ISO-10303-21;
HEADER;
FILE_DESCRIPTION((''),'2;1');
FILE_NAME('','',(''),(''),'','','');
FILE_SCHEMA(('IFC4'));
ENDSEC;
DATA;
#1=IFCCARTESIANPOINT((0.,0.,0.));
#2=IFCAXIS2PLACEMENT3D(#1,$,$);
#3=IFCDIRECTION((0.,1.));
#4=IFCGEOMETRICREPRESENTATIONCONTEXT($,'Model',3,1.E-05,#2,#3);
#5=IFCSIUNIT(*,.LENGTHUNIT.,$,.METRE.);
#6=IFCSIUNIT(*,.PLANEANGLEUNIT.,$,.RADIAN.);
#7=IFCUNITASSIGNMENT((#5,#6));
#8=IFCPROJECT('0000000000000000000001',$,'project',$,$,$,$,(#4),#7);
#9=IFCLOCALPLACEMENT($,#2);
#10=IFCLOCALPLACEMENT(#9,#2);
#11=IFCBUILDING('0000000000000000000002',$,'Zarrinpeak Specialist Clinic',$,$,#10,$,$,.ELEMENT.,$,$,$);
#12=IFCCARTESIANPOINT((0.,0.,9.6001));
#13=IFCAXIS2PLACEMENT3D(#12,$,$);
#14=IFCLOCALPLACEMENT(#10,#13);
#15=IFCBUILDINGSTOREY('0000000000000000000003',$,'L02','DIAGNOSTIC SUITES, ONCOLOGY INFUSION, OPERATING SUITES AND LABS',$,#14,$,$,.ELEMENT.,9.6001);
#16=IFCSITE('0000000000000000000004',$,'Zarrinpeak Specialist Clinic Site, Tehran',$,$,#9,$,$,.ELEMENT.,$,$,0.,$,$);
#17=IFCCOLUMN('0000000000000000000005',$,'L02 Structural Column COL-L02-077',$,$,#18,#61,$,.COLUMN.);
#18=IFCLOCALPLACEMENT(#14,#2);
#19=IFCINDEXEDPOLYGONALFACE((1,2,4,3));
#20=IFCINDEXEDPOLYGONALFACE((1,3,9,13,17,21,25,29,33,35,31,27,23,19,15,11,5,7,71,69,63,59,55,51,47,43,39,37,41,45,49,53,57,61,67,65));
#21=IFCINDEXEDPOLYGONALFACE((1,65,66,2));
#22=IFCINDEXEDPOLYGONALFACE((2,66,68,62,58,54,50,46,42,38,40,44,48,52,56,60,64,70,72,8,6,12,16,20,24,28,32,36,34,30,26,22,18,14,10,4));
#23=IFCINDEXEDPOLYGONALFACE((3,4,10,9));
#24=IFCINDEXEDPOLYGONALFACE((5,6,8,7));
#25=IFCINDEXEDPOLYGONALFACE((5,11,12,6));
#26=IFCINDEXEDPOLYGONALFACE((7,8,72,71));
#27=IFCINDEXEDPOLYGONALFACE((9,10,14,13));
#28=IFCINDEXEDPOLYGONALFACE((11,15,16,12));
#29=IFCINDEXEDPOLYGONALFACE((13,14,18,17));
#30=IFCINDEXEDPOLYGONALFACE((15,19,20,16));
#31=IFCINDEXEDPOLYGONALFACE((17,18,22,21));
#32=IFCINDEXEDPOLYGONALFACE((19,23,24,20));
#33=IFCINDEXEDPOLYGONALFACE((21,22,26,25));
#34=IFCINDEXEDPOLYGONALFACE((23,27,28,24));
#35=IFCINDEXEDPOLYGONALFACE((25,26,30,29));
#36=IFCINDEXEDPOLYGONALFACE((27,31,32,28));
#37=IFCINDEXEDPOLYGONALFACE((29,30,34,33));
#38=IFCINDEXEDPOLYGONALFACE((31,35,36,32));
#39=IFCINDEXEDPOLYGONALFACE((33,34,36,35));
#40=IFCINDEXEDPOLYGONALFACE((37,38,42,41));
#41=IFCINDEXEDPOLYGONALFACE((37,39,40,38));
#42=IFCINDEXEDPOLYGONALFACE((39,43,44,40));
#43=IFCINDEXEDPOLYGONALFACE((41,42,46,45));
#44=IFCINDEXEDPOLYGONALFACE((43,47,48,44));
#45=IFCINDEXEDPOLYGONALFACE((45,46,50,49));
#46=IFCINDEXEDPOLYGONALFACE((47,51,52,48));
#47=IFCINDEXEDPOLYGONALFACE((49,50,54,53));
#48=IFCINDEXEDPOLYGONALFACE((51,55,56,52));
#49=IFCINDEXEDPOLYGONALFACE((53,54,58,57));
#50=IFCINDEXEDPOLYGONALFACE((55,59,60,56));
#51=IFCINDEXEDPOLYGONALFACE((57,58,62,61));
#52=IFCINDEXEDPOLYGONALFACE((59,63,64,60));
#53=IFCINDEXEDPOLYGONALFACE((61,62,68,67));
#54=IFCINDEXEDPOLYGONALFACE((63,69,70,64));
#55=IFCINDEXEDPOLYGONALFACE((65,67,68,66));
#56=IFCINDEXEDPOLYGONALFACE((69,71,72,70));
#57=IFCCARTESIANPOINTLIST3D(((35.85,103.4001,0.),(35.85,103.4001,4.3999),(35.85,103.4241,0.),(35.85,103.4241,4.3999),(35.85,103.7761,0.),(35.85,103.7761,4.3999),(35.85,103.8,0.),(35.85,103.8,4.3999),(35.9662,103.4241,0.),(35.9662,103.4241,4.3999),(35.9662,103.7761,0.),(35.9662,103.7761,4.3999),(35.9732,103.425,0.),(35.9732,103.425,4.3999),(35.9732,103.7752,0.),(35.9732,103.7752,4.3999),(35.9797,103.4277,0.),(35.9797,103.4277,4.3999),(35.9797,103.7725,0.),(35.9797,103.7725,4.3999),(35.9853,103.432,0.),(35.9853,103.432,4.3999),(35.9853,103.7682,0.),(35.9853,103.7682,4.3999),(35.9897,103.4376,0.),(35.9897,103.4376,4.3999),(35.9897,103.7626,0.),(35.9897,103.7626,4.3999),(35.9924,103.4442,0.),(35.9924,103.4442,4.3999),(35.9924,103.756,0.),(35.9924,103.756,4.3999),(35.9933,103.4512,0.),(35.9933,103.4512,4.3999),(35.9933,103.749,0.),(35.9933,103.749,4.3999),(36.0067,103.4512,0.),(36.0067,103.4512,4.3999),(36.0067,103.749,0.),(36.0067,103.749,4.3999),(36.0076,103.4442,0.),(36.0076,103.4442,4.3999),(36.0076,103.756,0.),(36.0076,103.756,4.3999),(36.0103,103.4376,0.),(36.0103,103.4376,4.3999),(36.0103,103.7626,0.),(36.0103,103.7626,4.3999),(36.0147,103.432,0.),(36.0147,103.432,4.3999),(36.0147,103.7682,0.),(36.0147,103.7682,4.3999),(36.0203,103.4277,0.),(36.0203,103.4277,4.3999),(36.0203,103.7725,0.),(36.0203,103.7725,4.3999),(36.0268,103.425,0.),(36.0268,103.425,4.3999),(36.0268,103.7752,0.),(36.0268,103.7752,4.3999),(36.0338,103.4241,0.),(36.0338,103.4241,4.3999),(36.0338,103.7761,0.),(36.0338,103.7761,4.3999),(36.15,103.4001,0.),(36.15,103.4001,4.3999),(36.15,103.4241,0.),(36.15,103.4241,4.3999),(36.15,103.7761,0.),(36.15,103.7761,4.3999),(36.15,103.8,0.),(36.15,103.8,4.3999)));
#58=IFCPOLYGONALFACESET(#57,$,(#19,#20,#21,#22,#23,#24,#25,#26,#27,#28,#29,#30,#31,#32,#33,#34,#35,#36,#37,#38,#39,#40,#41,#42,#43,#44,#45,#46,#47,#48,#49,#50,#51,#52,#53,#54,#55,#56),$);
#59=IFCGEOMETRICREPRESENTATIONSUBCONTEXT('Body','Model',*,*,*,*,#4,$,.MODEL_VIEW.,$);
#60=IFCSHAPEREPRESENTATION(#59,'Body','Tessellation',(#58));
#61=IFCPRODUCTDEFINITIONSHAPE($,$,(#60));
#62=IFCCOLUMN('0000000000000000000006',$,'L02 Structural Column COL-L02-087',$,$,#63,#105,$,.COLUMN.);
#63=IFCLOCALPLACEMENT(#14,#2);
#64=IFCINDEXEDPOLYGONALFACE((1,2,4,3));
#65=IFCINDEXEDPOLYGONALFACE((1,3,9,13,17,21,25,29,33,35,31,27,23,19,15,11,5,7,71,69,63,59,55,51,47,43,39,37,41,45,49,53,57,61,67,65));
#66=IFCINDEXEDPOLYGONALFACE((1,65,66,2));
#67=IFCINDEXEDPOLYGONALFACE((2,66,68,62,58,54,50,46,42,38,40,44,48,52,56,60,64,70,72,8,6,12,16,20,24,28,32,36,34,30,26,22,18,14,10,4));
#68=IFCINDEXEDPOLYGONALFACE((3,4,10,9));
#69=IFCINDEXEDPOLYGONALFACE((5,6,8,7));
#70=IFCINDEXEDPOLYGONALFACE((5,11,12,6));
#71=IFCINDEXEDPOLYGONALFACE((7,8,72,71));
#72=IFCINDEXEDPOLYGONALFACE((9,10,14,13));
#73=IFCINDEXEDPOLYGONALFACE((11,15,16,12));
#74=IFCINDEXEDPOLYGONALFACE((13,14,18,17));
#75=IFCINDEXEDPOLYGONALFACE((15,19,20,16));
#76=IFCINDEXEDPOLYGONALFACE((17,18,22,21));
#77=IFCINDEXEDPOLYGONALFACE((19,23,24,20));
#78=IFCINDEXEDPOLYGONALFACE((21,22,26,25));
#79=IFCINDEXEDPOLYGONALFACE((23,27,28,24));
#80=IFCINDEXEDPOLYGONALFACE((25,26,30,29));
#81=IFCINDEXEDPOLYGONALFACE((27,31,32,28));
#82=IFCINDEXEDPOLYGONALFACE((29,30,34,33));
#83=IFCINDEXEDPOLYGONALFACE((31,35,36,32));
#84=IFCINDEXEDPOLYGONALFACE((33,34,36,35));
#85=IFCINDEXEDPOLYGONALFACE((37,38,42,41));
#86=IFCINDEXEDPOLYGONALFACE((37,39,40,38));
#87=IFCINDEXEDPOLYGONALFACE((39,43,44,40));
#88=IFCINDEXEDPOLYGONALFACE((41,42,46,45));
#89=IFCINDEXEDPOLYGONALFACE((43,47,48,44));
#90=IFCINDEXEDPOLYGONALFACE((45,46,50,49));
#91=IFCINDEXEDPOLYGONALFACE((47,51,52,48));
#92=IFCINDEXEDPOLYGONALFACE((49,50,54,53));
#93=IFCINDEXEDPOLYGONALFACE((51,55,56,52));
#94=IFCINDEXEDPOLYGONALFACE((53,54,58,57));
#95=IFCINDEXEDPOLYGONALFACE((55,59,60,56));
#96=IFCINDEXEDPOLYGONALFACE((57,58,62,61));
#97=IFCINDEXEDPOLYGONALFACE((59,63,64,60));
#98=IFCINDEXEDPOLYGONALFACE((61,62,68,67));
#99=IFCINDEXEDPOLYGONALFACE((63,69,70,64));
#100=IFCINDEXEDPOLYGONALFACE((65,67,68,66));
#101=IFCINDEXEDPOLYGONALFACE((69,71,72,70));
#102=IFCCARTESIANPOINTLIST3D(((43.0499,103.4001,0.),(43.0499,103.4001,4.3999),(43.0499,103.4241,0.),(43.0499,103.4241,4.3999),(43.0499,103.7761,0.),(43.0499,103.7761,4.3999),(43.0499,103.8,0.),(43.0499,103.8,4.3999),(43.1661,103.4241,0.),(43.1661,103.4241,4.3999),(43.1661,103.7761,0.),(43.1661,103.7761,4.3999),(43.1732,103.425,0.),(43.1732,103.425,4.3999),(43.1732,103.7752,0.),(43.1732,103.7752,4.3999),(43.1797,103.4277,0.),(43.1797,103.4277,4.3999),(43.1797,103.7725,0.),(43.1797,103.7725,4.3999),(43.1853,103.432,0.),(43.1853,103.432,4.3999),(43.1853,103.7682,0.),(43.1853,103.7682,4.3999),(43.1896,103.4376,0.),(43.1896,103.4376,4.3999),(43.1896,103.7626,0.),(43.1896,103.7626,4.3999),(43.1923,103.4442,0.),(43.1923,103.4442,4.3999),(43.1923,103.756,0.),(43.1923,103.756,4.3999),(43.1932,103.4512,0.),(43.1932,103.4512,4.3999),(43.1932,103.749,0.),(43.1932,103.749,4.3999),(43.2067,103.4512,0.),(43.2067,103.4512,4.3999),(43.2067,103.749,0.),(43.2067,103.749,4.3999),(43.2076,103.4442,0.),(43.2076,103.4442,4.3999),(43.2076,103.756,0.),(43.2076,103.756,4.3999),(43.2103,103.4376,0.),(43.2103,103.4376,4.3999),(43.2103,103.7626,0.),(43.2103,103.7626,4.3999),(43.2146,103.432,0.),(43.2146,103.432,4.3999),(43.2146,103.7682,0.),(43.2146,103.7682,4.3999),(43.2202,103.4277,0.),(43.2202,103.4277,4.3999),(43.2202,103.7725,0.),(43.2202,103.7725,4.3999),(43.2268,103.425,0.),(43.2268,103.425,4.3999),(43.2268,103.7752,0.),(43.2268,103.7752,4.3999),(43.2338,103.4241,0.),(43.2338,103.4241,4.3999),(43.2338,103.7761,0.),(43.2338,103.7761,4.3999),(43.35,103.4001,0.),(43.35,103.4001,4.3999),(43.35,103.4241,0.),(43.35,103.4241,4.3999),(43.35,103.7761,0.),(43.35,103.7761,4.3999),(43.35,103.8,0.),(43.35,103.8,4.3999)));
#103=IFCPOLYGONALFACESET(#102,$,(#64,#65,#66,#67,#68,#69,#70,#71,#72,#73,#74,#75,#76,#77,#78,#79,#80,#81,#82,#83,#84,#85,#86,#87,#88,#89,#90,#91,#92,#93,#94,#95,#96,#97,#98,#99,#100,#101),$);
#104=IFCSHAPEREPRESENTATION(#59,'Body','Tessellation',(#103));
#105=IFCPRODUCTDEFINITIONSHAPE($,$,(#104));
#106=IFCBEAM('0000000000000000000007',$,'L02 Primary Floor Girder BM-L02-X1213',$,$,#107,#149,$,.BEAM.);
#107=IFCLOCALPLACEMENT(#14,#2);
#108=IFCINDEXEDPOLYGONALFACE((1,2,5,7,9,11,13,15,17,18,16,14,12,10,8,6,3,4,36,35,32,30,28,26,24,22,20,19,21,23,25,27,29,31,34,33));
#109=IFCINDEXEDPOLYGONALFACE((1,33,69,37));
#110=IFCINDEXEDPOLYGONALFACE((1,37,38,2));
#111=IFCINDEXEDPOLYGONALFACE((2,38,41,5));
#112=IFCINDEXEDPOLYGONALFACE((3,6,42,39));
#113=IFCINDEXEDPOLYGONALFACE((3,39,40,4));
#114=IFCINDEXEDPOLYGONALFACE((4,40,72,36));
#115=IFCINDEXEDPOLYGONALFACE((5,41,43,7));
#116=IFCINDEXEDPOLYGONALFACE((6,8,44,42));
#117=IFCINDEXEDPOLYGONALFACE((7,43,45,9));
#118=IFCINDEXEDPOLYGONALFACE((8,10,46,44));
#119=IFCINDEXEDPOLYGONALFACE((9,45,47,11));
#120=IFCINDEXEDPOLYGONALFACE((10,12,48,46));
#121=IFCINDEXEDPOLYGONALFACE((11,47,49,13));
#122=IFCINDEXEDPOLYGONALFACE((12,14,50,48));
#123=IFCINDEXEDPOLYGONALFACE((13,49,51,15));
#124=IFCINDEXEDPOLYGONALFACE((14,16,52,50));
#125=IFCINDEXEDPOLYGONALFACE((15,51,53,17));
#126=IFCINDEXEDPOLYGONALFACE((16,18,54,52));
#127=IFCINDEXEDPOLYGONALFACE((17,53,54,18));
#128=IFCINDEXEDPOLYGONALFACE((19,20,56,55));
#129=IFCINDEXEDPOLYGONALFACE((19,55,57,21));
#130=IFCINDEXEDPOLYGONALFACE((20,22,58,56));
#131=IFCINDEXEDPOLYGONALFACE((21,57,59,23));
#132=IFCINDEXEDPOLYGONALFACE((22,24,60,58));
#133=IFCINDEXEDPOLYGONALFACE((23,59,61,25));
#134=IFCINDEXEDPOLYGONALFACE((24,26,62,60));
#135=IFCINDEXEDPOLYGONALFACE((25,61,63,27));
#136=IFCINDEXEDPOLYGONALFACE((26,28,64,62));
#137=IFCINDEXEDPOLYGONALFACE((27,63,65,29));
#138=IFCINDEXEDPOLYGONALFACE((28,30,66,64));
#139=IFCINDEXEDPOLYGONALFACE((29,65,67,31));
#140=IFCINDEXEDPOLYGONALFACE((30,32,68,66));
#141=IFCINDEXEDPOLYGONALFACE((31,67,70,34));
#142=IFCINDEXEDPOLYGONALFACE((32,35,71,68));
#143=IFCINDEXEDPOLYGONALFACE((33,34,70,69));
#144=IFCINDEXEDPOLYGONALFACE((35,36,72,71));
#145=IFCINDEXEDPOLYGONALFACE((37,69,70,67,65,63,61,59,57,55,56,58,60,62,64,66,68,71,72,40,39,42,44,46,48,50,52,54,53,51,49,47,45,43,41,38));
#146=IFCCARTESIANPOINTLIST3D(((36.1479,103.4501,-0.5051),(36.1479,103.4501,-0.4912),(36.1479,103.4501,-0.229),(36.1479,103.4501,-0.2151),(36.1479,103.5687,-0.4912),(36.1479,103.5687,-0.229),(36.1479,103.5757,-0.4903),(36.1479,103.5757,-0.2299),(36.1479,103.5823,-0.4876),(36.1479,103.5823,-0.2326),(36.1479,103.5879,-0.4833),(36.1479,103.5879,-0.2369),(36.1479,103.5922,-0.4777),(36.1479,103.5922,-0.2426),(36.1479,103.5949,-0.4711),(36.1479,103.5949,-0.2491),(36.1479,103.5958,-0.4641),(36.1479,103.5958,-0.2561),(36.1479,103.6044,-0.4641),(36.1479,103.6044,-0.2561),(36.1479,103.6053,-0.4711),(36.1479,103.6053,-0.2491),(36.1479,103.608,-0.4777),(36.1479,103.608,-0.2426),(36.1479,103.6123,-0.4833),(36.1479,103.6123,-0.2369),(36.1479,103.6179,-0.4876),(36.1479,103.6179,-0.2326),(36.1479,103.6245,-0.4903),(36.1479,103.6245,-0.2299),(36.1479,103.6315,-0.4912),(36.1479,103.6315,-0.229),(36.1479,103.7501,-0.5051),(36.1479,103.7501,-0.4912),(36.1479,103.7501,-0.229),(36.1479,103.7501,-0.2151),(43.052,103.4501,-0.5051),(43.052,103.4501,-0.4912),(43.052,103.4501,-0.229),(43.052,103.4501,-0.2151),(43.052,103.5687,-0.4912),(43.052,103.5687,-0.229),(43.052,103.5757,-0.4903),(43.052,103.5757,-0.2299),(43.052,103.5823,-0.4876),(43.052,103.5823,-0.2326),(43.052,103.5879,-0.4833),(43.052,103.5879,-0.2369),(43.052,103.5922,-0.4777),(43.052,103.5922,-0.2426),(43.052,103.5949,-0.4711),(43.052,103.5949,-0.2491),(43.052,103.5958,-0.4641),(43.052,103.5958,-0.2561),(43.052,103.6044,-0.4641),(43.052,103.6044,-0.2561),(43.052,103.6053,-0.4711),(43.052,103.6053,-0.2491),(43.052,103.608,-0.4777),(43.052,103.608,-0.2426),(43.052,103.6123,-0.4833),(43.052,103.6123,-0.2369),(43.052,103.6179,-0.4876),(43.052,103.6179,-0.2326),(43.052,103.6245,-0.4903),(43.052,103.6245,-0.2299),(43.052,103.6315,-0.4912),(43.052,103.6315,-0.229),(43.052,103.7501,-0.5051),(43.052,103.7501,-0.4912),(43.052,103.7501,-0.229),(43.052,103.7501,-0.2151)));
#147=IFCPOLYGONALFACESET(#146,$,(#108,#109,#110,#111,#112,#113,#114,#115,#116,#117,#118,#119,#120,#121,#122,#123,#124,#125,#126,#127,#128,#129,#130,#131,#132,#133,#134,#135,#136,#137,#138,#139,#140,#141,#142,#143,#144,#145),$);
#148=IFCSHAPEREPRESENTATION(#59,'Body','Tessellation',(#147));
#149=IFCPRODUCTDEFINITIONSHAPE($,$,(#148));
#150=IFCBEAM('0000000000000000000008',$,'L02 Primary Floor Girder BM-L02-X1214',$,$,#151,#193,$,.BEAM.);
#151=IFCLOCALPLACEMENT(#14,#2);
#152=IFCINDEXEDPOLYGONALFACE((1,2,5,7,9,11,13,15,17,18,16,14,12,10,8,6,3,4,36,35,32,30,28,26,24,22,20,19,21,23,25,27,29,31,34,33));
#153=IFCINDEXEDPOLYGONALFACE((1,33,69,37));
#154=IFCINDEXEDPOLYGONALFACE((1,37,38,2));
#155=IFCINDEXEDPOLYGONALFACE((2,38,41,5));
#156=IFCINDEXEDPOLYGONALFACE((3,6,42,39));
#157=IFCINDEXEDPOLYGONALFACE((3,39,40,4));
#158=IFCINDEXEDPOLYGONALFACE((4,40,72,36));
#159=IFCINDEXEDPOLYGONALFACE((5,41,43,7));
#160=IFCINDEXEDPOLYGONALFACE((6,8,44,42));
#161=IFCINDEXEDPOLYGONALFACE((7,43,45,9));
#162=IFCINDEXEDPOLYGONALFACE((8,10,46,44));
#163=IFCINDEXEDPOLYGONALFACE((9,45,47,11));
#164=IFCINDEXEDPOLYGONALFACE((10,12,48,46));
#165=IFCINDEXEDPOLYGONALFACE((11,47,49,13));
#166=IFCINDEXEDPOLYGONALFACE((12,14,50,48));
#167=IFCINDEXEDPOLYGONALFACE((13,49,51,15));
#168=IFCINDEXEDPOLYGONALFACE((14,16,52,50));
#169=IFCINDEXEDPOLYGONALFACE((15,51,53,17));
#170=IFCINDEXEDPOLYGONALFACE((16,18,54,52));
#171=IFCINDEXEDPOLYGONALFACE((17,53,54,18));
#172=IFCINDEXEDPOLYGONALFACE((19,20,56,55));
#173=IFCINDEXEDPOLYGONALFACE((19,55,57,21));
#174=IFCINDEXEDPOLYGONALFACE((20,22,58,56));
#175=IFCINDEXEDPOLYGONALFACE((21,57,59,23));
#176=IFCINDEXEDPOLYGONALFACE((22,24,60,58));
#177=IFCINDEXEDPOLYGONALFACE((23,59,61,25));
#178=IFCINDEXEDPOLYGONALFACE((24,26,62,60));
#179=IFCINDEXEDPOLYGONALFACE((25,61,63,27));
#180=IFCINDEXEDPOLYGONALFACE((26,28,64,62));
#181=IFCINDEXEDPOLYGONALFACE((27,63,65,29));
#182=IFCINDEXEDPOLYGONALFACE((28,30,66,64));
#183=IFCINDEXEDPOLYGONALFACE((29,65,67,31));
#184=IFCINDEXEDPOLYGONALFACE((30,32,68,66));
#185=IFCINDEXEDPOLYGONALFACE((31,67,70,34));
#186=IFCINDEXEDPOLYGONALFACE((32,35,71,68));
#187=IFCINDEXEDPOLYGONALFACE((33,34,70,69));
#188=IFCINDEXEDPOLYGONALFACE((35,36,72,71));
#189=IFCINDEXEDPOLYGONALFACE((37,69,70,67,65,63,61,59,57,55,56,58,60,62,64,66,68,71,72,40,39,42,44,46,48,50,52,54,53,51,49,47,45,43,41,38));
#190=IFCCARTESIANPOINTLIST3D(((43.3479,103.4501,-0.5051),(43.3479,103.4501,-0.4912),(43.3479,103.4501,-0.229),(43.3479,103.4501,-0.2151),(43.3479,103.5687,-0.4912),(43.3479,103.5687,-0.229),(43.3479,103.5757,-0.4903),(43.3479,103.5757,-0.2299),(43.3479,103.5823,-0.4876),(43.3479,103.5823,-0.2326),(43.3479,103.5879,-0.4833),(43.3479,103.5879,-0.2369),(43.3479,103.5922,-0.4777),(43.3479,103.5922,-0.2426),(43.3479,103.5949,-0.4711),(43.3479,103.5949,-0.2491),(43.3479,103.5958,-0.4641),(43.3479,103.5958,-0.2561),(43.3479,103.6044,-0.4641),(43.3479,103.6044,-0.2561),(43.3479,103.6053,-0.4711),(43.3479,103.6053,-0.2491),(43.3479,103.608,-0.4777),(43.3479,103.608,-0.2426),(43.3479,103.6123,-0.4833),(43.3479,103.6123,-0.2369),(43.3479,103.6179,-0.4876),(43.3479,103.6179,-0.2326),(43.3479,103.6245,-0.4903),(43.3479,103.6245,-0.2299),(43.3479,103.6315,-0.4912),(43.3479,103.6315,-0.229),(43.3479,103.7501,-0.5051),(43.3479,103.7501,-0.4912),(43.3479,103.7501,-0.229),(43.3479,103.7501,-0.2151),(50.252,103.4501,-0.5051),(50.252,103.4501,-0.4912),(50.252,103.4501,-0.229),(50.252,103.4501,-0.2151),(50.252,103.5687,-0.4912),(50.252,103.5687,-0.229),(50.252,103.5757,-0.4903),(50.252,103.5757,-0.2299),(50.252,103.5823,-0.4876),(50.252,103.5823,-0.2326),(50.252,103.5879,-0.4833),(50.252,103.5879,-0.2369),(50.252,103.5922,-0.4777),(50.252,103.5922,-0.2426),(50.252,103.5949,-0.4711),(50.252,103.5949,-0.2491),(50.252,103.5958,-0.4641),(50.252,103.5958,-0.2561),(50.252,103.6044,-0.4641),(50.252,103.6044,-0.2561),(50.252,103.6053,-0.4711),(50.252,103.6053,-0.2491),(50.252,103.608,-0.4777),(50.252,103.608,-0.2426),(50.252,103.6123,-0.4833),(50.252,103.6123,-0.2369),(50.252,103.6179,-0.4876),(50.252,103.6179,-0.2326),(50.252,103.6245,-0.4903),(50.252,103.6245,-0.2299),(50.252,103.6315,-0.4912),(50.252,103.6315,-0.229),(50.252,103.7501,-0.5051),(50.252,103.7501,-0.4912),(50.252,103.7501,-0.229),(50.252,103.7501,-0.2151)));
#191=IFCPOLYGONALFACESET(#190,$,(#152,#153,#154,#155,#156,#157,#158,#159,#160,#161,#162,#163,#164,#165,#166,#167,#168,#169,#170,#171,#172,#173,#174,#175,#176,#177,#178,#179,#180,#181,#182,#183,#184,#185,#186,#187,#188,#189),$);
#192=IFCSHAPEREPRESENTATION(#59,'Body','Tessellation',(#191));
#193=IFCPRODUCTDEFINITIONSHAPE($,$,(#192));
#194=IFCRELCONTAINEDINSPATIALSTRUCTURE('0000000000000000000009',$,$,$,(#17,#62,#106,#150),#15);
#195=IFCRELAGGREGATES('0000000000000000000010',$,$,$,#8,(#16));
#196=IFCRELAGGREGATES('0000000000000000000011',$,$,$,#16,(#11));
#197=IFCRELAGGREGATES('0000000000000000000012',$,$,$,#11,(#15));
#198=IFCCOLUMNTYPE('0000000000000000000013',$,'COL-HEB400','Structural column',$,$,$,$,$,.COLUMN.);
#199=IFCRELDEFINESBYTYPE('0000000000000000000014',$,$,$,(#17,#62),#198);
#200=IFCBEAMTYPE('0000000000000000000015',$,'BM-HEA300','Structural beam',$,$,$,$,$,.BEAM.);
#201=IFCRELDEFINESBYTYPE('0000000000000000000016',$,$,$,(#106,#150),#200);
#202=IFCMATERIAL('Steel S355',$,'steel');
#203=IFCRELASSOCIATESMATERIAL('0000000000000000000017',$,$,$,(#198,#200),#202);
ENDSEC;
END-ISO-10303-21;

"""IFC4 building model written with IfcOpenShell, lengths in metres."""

from ifc_helpers import new_model, si_unit, direction, frame, origin, origin_2d, place, context, subcontext, project, spatial, i_section, extrude, material, material_profile, profile_set, type_object, element, save


model = new_model("IFC4")

# Units and contexts
model_context = context("Model", 3, precision=1e-05, world=origin(), true_north=direction((0.0, 1.0)))
body_context = subcontext(model_context, "Body", "Model", "MODEL_VIEW")
ifc_project = project(units=[si_unit("LENGTHUNIT", "METRE"), si_unit("PLANEANGLEUNIT", "RADIAN")], contexts=[model_context])

# Site, building, storey
site_placement = place(None, origin())
site = spatial("IfcSite", under=ifc_project, at=site_placement, Name="Zarrinpeak Specialist Clinic Site, Tehran", CompositionType="ELEMENT", RefElevation=0.0)
building_placement = place(site_placement, origin())
building = spatial("IfcBuilding", under=site, at=building_placement, Name="Zarrinpeak Specialist Clinic", CompositionType="ELEMENT")
storey_placement = place(building_placement, frame((0.0, 0.0, 9.6001)))
storey = spatial("IfcBuildingStorey", under=building, at=storey_placement, Name="L02", Description="DIAGNOSTIC SUITES, ONCOLOGY INFUSION, OPERATING SUITES AND LABS", CompositionType="ELEMENT", Elevation=9.6001)

# Columns
ifc_material_1 = material(Name="Steel S355", Category="steel")
ifc_material_profile_1 = material_profile(ifc_material_1, i_section(OverallWidth=0.3, OverallDepth=0.3999, WebThickness=0.0134, FlangeThickness=0.0239, FilletRadius=0.0271, at=origin_2d()), Name="HEB 400")
ifc_profile_set_1 = profile_set([ifc_material_profile_1], Name="Steel S355")
column_type = type_object("IfcColumnType", Name="COL-HEB400", Description="Structural column", PredefinedType="COLUMN", material=ifc_profile_set_1)
for number, where, z_axis, x_axis, name in (
    (1, (36.0, 103.6001, 0.0), (0.0, 0.0, 1.0), (1.0, 0.0, 0.0), "L02 Structural Column COL-L02-077"),
    (2, (43.2, 103.6001, 0.0), (0.0, 0.0, 1.0), (1.0, 0.0, 0.0), "L02 Structural Column COL-L02-087"),
):
    element("IfcColumn", number, at=place(storey_placement, frame(where, z_axis=z_axis, x_axis=x_axis)), inside=storey, type_object=column_type, Name=name, PredefinedType="COLUMN", context=body_context, shape_type="SweptSolid", body=[
        extrude(i_section(OverallWidth=0.3, OverallDepth=0.3999, WebThickness=0.0134, FlangeThickness=0.0239, FilletRadius=0.0271, at=origin_2d()), origin(), (0.0, 0.0, 1.0), 4.3999),
    ])

# Beams
ifc_material_profile_2 = material_profile(ifc_material_1, i_section(OverallWidth=0.3, OverallDepth=0.29, WebThickness=0.0085, FlangeThickness=0.0139, FilletRadius=0.0271, at=origin_2d()), Name="HEA 300")
ifc_profile_set_2 = profile_set([ifc_material_profile_2], Name="Steel S355")
beam_type = type_object("IfcBeamType", Name="BM-HEA300", Description="Structural beam", PredefinedType="BEAM", material=ifc_profile_set_2)
for number, where, z_axis, x_axis, name in (
    (3, (36.1479, 103.6001, -0.3601), (1.0, 0.0, 0.0), (0.0, 1.0, 0.0), "L02 Primary Floor Girder BM-L02-X1213"),
    (4, (43.3479, 103.6001, -0.3601), (1.0, 0.0, 0.0), (0.0, 1.0, 0.0), "L02 Primary Floor Girder BM-L02-X1214"),
):
    element("IfcBeam", number, at=place(storey_placement, frame(where, z_axis=z_axis, x_axis=x_axis)), inside=storey, type_object=beam_type, Name=name, PredefinedType="BEAM", context=body_context, shape_type="SweptSolid", body=[
        extrude(i_section(OverallWidth=0.3, OverallDepth=0.29, WebThickness=0.0085, FlangeThickness=0.0139, FilletRadius=0.0271, at=origin_2d()), origin(), (0.0, 0.0, 1.0), 6.9041),
    ])

save(model, "model.ifc")
